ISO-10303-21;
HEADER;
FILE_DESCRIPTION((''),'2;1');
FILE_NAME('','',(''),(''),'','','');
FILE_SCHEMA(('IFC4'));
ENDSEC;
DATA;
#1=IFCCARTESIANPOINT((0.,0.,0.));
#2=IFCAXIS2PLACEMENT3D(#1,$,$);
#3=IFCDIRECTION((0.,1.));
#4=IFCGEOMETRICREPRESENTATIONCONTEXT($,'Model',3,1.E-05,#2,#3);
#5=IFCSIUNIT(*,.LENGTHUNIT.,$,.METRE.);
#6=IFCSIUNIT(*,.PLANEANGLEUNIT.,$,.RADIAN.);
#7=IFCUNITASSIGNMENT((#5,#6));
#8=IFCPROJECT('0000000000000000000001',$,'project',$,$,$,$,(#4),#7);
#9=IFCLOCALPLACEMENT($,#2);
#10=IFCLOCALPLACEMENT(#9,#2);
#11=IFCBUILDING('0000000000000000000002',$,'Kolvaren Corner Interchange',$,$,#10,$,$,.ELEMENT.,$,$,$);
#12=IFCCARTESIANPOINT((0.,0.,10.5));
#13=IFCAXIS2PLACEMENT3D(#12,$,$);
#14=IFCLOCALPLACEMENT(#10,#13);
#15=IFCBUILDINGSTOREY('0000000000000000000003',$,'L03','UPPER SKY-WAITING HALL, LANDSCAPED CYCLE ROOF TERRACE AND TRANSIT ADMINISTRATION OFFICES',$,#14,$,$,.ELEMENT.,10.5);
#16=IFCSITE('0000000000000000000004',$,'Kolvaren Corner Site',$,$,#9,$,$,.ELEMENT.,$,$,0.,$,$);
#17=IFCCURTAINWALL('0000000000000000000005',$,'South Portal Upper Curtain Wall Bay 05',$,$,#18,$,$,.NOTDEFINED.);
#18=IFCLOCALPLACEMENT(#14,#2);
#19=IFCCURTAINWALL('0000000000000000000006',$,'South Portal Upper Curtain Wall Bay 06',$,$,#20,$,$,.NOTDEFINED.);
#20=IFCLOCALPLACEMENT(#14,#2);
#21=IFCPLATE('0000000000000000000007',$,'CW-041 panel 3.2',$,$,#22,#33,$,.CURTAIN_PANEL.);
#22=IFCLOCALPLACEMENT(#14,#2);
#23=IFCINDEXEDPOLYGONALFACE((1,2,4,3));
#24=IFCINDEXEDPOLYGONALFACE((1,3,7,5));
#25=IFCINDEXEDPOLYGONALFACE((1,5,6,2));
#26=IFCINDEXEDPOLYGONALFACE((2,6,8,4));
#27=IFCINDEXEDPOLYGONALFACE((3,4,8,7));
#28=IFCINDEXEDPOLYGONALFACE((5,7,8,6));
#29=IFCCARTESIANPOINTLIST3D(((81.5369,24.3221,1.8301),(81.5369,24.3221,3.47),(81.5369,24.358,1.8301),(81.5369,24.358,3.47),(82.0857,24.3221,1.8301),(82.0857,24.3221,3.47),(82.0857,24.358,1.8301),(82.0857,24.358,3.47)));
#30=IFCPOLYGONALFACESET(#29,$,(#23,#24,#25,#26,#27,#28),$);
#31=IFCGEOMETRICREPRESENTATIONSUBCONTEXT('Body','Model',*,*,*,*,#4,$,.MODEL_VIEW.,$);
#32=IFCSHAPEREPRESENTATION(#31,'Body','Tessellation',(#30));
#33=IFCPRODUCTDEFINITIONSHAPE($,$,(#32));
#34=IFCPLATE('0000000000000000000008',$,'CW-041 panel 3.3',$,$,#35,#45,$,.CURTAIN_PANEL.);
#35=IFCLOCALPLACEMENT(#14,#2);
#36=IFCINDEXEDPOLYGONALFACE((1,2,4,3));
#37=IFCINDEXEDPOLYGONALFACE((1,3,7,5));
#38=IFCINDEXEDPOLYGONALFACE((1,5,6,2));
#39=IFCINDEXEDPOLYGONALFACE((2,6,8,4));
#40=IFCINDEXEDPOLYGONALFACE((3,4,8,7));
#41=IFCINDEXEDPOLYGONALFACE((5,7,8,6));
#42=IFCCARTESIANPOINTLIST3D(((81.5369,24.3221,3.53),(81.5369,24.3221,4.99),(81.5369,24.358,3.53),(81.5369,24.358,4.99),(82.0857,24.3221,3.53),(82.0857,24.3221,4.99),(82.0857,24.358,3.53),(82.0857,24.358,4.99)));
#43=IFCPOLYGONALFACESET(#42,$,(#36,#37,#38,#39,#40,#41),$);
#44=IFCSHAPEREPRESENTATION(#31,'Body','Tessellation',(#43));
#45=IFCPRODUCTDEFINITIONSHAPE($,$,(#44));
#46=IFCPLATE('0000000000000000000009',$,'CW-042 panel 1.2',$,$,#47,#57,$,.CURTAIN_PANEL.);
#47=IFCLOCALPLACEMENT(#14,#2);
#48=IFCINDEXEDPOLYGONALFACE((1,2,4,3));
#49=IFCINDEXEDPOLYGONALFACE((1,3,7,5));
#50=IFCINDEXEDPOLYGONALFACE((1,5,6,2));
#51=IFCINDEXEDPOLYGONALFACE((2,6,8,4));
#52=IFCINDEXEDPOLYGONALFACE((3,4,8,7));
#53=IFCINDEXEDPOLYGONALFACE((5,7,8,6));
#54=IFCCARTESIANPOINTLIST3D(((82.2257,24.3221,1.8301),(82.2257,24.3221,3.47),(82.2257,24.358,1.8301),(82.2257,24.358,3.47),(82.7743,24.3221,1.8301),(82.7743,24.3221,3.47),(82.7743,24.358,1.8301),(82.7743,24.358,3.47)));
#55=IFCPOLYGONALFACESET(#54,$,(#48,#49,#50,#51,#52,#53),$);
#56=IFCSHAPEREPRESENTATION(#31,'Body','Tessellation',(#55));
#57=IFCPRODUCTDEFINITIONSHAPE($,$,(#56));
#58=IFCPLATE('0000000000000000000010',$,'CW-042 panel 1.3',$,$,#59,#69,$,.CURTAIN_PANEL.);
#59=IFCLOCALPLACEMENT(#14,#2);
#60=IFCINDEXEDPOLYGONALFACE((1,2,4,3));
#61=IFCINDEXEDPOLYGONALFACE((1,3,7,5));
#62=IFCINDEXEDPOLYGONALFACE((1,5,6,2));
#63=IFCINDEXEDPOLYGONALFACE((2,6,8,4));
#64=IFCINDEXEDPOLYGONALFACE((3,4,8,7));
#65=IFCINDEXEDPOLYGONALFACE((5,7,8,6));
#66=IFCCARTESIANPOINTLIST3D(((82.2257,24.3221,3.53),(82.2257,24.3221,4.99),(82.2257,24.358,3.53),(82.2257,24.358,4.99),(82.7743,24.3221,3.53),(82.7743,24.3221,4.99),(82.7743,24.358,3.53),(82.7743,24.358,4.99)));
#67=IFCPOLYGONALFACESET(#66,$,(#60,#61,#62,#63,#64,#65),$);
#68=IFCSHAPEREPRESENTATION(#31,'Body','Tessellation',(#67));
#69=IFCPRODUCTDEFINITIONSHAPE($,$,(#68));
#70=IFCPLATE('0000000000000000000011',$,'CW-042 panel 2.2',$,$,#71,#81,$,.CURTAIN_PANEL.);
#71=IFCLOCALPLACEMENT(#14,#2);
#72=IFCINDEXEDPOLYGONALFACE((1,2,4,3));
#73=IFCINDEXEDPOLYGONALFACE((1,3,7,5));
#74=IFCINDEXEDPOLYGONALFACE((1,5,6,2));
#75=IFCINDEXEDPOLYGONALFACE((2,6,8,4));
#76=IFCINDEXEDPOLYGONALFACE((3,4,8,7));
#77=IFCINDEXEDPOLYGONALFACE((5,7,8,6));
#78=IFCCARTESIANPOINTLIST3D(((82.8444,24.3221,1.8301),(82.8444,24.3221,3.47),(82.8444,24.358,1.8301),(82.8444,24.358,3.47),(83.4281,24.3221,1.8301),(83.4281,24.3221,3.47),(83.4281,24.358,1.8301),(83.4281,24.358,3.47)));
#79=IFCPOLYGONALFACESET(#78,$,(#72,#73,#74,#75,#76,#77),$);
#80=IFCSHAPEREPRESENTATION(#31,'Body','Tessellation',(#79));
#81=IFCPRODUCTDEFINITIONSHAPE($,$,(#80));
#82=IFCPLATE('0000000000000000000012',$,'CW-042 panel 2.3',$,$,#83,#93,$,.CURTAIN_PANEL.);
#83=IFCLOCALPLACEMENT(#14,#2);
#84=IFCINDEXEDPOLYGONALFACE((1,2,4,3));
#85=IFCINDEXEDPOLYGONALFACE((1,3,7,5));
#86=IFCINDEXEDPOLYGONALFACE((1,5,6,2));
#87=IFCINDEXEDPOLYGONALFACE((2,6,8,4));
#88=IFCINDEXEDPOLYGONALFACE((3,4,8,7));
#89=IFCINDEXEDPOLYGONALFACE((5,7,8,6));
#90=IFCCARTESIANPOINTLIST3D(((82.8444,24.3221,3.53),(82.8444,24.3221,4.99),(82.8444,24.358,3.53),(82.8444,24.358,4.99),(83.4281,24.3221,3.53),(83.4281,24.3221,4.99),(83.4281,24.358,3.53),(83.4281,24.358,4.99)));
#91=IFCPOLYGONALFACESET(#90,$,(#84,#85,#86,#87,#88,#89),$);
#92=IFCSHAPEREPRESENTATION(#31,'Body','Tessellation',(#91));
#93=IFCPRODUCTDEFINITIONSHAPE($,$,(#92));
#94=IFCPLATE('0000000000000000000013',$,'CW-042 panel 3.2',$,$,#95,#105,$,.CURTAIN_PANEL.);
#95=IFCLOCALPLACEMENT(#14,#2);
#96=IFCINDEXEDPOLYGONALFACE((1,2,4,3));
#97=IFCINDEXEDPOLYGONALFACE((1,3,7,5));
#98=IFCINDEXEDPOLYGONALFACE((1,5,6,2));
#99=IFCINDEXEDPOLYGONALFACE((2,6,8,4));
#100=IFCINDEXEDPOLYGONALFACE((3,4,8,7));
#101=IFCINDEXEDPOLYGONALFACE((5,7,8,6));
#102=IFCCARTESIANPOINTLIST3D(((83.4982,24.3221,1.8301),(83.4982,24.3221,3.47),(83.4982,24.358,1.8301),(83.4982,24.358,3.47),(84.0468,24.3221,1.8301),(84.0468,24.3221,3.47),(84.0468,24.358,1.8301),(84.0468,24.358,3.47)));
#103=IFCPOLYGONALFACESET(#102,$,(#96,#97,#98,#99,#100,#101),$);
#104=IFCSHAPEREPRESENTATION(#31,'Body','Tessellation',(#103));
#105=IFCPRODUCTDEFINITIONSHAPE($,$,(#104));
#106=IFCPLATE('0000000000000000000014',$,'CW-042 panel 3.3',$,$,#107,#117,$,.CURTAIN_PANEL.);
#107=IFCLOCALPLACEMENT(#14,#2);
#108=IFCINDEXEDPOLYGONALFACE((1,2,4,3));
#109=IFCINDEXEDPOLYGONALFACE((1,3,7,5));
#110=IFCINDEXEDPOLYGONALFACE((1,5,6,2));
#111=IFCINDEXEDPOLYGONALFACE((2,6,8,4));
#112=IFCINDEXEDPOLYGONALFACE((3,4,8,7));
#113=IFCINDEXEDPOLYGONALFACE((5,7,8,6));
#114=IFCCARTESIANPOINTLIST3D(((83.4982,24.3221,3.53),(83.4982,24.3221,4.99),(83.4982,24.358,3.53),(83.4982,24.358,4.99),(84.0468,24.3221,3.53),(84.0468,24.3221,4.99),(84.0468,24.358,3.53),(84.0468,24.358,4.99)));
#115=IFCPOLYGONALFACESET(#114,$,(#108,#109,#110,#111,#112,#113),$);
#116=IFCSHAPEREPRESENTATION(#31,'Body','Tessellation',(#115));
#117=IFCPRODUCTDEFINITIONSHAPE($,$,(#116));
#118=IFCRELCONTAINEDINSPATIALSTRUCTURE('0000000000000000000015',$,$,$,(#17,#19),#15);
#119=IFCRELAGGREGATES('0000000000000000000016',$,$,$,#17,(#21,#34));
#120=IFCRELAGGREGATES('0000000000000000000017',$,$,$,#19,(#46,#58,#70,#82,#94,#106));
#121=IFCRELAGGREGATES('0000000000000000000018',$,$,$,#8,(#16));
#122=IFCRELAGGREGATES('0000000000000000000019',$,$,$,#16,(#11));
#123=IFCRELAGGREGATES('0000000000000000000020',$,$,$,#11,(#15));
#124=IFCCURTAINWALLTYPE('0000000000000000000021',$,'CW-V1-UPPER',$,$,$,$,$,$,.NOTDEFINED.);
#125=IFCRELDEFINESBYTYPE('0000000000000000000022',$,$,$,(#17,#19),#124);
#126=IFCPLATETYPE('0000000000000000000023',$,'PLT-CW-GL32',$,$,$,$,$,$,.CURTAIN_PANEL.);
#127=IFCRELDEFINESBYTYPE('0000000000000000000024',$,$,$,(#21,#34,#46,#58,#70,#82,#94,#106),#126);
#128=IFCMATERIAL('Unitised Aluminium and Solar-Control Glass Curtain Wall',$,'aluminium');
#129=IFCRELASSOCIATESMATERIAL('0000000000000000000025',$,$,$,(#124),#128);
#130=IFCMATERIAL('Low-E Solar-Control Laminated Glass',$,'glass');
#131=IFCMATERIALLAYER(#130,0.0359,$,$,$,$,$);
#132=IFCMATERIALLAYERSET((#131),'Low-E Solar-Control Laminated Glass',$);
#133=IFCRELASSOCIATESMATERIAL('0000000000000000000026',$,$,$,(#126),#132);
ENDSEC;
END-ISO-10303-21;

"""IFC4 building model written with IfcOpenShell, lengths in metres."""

from ifc_helpers import new_model, si_unit, direction, frame, origin, origin_2d, place, context, subcontext, project, spatial, rectangle, extrude, material, layer, layer_set, type_object, element, aggregate, save


model = new_model("IFC4")

# Units and contexts
model_context = context("Model", 3, precision=1e-05, world=origin(), true_north=direction((0.0, 1.0)))
body_context = subcontext(model_context, "Body", "Model", "MODEL_VIEW")
ifc_project = project(units=[si_unit("LENGTHUNIT", "METRE"), si_unit("PLANEANGLEUNIT", "RADIAN")], contexts=[model_context])

# Site, building, storey
site_placement = place(None, origin())
site = spatial("IfcSite", under=ifc_project, at=site_placement, Name="Kolvaren Corner Site", CompositionType="ELEMENT", RefElevation=0.0)
building_placement = place(site_placement, origin())
building = spatial("IfcBuilding", under=site, at=building_placement, Name="Kolvaren Corner Interchange", CompositionType="ELEMENT")
storey_placement = place(building_placement, frame((0.0, 0.0, 10.5)))
storey = spatial("IfcBuildingStorey", under=building, at=storey_placement, Name="L03", Description="UPPER SKY-WAITING HALL, LANDSCAPED CYCLE ROOF TERRACE AND TRANSIT ADMINISTRATION OFFICES", CompositionType="ELEMENT", Elevation=10.5)

# Curtain walls
ifc_material_1 = material(Name="Unitised Aluminium and Solar-Control Glass Curtain Wall", Category="aluminium")
curtain_wall_type = type_object("IfcCurtainWallType", Name="CW-V1-UPPER", PredefinedType="NOTDEFINED", material=ifc_material_1)
curtain_wall_1_placement = place(storey_placement, origin())
curtain_wall_1 = element("IfcCurtainWall", 1, at=curtain_wall_1_placement, inside=storey, type_object=curtain_wall_type, Name="South Portal Upper Curtain Wall Bay 05", PredefinedType="NOTDEFINED")
curtain_wall_2_placement = place(storey_placement, origin())
curtain_wall_2 = element("IfcCurtainWall", 2, at=curtain_wall_2_placement, inside=storey, type_object=curtain_wall_type, Name="South Portal Upper Curtain Wall Bay 06", PredefinedType="NOTDEFINED")

# Plates
ifc_material_2 = material(Name="Low-E Solar-Control Laminated Glass", Category="glass")
ifc_layer = layer(ifc_material_2, 0.0359)
ifc_layer_set = layer_set([ifc_layer], Name="Low-E Solar-Control Laminated Glass")
plate_type = type_object("IfcPlateType", Name="PLT-CW-GL32", PredefinedType="CURTAIN_PANEL", material=ifc_layer_set)
plate_1_placement = place(storey_placement, frame((81.8113, 24.3401, 1.8301), z_axis=(0.0, 0.0, 1.0), x_axis=(1.0, 0.0, 0.0)))
plate_1 = element("IfcPlate", 3, at=plate_1_placement, type_object=plate_type, Name="CW-041 panel 3.2", PredefinedType="CURTAIN_PANEL", context=body_context, shape_type="SweptSolid", body=[
    extrude(rectangle(XDim=0.5488, YDim=0.0359, at=origin_2d()), origin(), (0.0, 0.0, 1.0), 1.6399),
])
plate_2_placement = place(storey_placement, frame((81.8113, 24.3401, 3.53), z_axis=(0.0, 0.0, 1.0), x_axis=(1.0, 0.0, 0.0)))
plate_2 = element("IfcPlate", 4, at=plate_2_placement, type_object=plate_type, Name="CW-041 panel 3.3", PredefinedType="CURTAIN_PANEL", context=body_context, shape_type="SweptSolid", body=[
    extrude(rectangle(XDim=0.5488, YDim=0.0359, at=origin_2d()), origin(), (0.0, 0.0, 1.0), 1.46),
])
aggregate(curtain_wall_1, [plate_1, plate_2])
plate_3_placement = place(storey_placement, frame((82.5, 24.3401, 1.8301), z_axis=(0.0, 0.0, 1.0), x_axis=(1.0, 0.0, 0.0)))
plate_3 = element("IfcPlate", 5, at=plate_3_placement, type_object=plate_type, Name="CW-042 panel 1.2", PredefinedType="CURTAIN_PANEL", context=body_context, shape_type="SweptSolid", body=[
    extrude(rectangle(XDim=0.5486, YDim=0.0359, at=origin_2d()), origin(), (0.0, 0.0, 1.0), 1.6399),
])
plate_4_placement = place(storey_placement, frame((82.5, 24.3401, 3.53), z_axis=(0.0, 0.0, 1.0), x_axis=(1.0, 0.0, 0.0)))
plate_4 = element("IfcPlate", 6, at=plate_4_placement, type_object=plate_type, Name="CW-042 panel 1.3", PredefinedType="CURTAIN_PANEL", context=body_context, shape_type="SweptSolid", body=[
    extrude(rectangle(XDim=0.5486, YDim=0.0359, at=origin_2d()), origin(), (0.0, 0.0, 1.0), 1.46),
])
plate_5_placement = place(storey_placement, frame((83.1362, 24.3401, 1.8301), z_axis=(0.0, 0.0, 1.0), x_axis=(1.0, 0.0, 0.0)))
plate_5 = element("IfcPlate", 7, at=plate_5_placement, type_object=plate_type, Name="CW-042 panel 2.2", PredefinedType="CURTAIN_PANEL", context=body_context, shape_type="SweptSolid", body=[
    extrude(rectangle(XDim=0.5837, YDim=0.0359, at=origin_2d()), origin(), (0.0, 0.0, 1.0), 1.6399),
])
plate_6_placement = place(storey_placement, frame((83.1362, 24.3401, 3.53), z_axis=(0.0, 0.0, 1.0), x_axis=(1.0, 0.0, 0.0)))
plate_6 = element("IfcPlate", 8, at=plate_6_placement, type_object=plate_type, Name="CW-042 panel 2.3", PredefinedType="CURTAIN_PANEL", context=body_context, shape_type="SweptSolid", body=[
    extrude(rectangle(XDim=0.5837, YDim=0.0359, at=origin_2d()), origin(), (0.0, 0.0, 1.0), 1.46),
])
plate_7_placement = place(storey_placement, frame((83.7725, 24.3401, 1.8301), z_axis=(0.0, 0.0, 1.0), x_axis=(1.0, 0.0, 0.0)))
plate_7 = element("IfcPlate", 9, at=plate_7_placement, type_object=plate_type, Name="CW-042 panel 3.2", PredefinedType="CURTAIN_PANEL", context=body_context, shape_type="SweptSolid", body=[
    extrude(rectangle(XDim=0.5486, YDim=0.0359, at=origin_2d()), origin(), (0.0, 0.0, 1.0), 1.6399),
])
plate_8_placement = place(storey_placement, frame((83.7725, 24.3401, 3.53), z_axis=(0.0, 0.0, 1.0), x_axis=(1.0, 0.0, 0.0)))
plate_8 = element("IfcPlate", 10, at=plate_8_placement, type_object=plate_type, Name="CW-042 panel 3.3", PredefinedType="CURTAIN_PANEL", context=body_context, shape_type="SweptSolid", body=[
    extrude(rectangle(XDim=0.5486, YDim=0.0359, at=origin_2d()), origin(), (0.0, 0.0, 1.0), 1.46),
])
aggregate(curtain_wall_2, [plate_3, plate_4, plate_5, plate_6, plate_7, plate_8])

save(model, "model.ifc")
